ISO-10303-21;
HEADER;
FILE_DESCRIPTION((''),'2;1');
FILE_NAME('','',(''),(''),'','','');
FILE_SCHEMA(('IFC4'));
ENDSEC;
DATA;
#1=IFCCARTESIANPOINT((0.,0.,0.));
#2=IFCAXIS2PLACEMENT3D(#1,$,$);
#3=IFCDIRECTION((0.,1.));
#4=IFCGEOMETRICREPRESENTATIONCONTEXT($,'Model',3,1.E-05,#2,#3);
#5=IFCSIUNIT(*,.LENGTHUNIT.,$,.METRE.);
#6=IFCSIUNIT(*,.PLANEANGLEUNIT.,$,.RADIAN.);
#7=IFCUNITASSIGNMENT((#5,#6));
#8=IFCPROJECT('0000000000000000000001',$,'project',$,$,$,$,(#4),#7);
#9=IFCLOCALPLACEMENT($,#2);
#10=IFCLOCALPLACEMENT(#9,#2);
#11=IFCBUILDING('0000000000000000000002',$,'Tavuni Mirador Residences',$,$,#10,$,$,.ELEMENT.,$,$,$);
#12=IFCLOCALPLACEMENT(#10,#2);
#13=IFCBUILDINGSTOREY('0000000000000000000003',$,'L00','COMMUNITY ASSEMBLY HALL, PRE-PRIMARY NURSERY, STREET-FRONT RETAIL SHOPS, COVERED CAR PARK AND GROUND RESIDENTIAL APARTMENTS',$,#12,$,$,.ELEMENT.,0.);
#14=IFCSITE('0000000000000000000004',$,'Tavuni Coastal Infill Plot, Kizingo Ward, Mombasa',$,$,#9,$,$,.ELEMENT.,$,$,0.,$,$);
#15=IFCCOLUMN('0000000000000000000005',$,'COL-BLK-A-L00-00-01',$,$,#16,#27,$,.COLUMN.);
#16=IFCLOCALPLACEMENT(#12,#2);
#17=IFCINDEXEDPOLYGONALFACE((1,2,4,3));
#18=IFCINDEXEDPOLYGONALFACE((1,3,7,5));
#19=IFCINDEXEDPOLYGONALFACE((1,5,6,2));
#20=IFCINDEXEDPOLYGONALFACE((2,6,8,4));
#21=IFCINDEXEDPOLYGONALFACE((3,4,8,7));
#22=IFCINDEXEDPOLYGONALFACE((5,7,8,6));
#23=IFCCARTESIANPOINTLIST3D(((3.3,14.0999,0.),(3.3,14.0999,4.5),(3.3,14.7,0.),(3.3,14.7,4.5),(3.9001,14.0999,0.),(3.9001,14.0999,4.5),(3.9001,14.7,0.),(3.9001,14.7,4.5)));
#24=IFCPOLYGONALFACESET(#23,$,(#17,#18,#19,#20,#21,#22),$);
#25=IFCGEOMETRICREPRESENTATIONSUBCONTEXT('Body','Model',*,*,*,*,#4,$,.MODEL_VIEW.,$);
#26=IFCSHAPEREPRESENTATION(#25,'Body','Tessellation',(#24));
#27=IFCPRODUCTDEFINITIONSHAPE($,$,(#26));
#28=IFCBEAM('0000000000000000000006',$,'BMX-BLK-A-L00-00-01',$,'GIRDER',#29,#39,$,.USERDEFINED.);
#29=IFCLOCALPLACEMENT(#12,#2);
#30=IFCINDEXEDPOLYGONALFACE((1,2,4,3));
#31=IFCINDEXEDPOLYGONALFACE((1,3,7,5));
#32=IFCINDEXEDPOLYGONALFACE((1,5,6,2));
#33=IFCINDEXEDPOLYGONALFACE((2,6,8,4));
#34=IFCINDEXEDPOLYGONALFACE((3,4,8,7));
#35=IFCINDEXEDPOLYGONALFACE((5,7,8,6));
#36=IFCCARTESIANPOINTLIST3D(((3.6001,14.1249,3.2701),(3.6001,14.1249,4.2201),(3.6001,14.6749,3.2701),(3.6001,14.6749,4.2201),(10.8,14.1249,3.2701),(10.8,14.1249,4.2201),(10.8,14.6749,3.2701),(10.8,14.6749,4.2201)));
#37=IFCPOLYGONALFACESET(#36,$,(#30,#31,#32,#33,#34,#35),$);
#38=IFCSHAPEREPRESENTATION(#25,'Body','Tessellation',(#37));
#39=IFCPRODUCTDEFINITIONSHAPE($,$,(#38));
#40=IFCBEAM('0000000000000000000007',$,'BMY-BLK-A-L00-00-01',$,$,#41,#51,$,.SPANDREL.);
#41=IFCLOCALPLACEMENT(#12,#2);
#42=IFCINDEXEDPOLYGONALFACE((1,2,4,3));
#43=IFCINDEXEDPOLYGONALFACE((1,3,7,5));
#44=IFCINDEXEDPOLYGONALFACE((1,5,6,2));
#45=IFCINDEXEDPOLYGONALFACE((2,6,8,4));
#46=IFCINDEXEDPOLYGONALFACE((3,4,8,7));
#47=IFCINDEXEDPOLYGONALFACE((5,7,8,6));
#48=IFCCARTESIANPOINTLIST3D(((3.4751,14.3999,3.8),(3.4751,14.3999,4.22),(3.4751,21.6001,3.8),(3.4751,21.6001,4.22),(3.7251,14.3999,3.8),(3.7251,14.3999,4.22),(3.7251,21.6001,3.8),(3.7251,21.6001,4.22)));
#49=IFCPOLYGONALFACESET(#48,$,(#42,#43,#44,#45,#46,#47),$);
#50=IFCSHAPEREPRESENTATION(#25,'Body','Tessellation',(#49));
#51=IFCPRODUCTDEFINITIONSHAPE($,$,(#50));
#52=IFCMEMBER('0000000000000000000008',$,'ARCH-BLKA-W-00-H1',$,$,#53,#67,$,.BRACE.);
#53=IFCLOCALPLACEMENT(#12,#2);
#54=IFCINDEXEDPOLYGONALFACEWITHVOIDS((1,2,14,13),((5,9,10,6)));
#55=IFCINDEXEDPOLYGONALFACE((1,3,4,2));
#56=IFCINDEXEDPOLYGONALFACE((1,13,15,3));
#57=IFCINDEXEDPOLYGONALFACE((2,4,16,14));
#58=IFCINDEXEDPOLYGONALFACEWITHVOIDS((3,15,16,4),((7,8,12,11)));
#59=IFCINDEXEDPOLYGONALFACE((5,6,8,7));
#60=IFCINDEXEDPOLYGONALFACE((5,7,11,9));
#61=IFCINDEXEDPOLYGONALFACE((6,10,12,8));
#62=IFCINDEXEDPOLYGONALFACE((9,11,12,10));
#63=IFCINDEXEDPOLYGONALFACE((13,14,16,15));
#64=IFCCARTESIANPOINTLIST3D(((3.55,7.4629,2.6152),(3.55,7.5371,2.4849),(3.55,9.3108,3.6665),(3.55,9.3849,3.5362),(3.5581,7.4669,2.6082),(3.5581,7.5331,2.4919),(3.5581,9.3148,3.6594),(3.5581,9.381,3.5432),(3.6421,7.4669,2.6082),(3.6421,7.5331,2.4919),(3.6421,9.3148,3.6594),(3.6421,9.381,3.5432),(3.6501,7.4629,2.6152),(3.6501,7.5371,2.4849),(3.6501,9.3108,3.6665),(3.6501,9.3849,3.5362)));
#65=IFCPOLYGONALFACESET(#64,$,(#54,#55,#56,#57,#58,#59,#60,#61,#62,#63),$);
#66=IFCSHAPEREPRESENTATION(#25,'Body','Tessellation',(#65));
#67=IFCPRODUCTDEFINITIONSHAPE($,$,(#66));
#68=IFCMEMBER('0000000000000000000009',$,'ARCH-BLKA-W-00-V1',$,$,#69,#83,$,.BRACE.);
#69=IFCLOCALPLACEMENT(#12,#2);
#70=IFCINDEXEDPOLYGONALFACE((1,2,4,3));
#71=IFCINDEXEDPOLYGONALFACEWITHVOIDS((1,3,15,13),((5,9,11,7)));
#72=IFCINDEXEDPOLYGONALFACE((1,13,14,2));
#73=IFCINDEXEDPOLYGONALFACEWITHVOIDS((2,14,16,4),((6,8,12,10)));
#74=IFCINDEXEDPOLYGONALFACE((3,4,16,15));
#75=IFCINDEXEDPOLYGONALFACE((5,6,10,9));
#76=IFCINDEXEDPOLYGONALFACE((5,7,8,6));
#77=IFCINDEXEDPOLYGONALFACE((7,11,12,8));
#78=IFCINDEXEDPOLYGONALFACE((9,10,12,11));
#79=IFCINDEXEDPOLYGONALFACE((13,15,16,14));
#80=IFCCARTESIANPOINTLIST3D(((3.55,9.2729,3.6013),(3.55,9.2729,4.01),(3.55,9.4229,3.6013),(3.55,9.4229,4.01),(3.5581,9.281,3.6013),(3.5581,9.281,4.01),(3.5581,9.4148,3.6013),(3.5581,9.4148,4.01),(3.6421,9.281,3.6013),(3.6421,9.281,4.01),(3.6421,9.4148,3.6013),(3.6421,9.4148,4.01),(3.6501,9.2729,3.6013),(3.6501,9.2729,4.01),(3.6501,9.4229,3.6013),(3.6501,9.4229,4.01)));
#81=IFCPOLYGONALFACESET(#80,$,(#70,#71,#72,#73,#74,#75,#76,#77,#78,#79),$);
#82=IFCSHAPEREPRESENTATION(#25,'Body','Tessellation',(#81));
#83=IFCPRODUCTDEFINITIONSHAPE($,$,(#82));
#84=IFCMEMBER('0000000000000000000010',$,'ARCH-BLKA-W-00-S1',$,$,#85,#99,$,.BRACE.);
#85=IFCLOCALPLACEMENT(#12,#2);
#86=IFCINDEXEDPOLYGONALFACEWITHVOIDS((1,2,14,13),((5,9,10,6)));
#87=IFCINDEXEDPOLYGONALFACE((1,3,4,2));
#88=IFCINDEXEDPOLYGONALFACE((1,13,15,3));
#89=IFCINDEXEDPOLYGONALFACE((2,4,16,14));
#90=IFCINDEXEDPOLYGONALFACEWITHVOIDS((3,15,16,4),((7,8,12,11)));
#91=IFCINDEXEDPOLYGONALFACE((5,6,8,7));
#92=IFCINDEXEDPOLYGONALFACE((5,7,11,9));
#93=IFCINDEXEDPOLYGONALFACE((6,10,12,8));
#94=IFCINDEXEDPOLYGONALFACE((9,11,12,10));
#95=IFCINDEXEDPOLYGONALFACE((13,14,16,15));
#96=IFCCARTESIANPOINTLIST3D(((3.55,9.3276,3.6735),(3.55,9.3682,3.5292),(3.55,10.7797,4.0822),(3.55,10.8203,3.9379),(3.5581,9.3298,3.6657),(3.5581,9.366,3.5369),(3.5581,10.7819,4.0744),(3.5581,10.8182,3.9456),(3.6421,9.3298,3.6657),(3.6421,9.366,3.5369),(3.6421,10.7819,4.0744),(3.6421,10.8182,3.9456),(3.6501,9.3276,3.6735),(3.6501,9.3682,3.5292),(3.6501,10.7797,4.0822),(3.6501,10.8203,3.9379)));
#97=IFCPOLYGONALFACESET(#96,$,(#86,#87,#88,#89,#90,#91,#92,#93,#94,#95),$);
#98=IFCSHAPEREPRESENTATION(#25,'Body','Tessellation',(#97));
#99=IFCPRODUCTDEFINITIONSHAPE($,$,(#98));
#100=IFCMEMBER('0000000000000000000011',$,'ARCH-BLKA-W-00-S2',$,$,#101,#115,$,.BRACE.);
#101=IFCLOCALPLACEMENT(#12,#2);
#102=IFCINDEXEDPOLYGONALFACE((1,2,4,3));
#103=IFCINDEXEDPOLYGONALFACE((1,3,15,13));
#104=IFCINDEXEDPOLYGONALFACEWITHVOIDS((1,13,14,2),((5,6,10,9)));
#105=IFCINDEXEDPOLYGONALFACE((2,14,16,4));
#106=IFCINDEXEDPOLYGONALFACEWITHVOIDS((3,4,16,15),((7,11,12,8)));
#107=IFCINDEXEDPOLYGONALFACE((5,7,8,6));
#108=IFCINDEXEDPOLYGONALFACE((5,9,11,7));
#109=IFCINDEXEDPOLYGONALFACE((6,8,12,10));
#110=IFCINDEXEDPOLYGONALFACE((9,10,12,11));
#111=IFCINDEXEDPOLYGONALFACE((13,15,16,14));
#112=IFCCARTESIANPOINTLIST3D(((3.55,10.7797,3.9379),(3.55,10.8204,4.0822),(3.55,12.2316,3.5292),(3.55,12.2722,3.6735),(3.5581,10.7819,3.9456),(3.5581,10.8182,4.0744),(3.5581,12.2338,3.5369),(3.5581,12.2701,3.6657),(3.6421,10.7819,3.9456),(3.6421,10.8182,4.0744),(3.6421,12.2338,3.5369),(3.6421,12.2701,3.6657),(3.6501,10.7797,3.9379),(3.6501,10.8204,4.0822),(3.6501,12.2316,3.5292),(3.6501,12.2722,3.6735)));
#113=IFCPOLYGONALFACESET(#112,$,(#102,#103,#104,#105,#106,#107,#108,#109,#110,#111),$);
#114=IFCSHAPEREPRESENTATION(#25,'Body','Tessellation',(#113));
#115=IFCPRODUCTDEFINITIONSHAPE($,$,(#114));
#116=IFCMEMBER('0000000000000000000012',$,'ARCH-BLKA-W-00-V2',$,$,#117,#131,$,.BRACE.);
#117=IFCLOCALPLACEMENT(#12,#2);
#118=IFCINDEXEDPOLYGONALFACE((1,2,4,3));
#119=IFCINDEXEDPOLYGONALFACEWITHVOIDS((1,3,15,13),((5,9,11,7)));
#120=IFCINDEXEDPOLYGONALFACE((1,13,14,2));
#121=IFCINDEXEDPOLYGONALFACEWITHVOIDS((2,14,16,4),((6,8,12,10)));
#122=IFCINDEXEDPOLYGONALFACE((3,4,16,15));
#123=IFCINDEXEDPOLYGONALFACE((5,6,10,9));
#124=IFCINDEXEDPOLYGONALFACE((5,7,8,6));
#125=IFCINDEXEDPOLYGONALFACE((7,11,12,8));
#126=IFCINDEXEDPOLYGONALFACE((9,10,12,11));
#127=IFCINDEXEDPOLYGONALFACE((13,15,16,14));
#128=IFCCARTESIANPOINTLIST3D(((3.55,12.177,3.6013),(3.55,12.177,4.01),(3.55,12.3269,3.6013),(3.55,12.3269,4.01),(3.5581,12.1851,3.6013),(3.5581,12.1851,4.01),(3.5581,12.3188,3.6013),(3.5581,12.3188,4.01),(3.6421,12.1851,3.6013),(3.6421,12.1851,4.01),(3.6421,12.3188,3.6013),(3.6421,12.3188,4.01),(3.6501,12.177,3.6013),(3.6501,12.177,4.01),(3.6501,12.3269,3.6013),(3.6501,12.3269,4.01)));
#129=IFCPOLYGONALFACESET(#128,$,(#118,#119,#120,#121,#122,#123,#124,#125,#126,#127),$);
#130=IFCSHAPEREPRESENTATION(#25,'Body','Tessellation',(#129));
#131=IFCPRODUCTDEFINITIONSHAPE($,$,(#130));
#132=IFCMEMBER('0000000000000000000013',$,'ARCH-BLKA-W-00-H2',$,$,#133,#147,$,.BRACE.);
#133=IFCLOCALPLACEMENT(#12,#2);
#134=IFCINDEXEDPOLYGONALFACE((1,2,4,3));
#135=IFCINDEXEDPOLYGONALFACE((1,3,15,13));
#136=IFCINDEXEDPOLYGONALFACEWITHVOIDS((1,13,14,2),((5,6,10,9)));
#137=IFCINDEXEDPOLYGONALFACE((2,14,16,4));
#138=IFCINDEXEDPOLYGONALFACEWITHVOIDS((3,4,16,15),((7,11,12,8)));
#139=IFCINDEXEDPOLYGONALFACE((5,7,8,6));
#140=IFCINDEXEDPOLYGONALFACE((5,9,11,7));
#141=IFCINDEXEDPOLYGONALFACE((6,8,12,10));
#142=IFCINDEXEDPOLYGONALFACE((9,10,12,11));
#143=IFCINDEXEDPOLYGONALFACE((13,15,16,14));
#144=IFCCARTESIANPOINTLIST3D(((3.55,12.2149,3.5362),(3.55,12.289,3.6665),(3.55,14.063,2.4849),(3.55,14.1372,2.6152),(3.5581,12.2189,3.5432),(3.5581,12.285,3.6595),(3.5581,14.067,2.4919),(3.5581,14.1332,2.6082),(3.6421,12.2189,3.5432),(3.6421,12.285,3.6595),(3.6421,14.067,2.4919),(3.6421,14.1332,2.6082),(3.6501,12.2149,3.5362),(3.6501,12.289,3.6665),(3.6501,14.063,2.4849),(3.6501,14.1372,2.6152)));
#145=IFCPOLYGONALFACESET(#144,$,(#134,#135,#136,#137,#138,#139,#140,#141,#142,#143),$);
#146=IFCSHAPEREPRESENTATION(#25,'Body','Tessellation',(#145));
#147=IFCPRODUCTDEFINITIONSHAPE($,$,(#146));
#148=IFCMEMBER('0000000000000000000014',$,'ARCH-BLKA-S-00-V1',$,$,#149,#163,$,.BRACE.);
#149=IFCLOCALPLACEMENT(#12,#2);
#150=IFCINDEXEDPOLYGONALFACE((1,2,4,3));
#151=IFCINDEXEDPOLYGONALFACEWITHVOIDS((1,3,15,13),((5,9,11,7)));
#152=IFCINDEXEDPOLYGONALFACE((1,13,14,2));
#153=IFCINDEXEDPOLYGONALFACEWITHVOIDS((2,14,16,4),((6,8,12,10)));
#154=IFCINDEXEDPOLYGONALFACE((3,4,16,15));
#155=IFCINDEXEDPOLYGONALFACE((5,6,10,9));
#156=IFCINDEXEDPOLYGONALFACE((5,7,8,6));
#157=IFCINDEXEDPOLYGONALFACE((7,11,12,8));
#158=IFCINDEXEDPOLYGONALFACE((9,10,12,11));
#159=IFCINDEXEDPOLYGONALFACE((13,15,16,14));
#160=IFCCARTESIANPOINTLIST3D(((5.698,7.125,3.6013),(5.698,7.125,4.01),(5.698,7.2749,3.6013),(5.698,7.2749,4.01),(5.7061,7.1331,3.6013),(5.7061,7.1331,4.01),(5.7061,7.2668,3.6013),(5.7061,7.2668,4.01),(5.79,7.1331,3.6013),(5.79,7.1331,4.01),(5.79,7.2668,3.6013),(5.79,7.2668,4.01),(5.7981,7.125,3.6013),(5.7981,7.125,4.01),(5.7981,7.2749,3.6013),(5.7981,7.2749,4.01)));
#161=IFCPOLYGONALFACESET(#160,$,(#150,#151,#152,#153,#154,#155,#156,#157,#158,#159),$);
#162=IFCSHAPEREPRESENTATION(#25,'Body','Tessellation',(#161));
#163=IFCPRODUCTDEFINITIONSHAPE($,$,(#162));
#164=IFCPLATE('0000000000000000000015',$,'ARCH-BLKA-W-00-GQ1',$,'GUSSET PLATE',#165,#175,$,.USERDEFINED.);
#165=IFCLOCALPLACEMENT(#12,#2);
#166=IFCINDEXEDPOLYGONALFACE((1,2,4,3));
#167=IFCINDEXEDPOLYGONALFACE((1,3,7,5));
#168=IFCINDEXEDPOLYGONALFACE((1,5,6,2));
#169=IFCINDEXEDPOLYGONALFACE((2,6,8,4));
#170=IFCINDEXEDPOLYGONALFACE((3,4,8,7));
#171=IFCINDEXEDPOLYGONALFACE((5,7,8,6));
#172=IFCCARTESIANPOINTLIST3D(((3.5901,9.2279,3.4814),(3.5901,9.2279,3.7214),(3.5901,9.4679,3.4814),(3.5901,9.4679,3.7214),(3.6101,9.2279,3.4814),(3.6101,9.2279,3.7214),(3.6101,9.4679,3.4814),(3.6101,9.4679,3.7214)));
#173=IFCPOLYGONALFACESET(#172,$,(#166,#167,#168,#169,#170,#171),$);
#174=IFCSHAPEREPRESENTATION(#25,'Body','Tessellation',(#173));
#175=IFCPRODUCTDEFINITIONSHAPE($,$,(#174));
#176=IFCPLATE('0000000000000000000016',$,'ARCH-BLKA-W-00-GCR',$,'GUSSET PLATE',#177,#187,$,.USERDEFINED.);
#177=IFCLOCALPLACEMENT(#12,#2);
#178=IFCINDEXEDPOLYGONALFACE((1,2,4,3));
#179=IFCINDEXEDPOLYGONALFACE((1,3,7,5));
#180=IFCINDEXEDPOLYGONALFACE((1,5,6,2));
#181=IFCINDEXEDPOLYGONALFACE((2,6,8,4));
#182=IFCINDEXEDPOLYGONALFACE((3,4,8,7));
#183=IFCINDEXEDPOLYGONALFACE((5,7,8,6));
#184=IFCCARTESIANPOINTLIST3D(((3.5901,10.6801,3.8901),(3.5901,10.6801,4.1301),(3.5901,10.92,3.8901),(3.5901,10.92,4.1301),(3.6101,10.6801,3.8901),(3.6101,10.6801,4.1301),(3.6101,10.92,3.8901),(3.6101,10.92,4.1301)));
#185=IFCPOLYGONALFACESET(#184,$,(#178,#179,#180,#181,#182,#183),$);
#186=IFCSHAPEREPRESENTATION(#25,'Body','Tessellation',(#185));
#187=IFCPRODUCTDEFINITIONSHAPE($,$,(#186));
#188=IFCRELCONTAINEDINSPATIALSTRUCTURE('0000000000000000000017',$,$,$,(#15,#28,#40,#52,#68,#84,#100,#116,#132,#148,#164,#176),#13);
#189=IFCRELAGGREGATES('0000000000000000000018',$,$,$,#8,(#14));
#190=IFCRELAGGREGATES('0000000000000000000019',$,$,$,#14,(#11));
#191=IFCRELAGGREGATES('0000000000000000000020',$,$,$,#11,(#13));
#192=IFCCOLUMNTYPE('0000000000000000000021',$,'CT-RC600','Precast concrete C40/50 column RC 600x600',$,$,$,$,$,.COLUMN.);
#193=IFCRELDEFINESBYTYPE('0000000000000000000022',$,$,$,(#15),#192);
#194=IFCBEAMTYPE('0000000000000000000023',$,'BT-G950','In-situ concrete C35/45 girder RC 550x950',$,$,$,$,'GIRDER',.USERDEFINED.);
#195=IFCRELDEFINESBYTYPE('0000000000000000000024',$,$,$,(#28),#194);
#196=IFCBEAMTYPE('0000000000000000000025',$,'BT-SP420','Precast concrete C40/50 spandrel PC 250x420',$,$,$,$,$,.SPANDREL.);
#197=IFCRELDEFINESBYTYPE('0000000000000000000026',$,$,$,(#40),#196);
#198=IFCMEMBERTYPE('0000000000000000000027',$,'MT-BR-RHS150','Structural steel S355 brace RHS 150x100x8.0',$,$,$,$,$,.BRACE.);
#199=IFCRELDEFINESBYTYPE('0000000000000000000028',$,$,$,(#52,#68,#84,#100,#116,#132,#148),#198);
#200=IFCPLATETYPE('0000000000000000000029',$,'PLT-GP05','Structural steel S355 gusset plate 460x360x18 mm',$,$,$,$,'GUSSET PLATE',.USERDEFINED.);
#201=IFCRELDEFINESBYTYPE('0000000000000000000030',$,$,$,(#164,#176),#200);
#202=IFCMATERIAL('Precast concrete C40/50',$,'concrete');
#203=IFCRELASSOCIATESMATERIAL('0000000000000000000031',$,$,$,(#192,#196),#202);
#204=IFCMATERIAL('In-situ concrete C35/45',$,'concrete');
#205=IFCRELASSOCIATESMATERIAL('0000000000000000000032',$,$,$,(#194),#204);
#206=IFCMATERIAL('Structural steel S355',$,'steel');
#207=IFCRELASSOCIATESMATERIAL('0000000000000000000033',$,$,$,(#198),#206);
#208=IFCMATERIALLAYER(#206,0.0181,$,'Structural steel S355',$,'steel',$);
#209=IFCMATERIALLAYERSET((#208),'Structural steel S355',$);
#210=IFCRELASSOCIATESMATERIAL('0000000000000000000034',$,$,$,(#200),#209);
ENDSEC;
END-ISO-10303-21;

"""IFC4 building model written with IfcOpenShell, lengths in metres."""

from ifc_helpers import new_model, si_unit, direction, frame, origin, origin_2d, place, context, subcontext, project, spatial, rectangle, hollow_rectangle, extrude, material, layer, layer_set, material_profile, profile_set, type_object, element, save


model = new_model("IFC4")

# Units and contexts
model_context = context("Model", 3, precision=1e-05, world=origin(), true_north=direction((0.0, 1.0)))
body_context = subcontext(model_context, "Body", "Model", "MODEL_VIEW")
ifc_project = project(units=[si_unit("LENGTHUNIT", "METRE"), si_unit("PLANEANGLEUNIT", "RADIAN")], contexts=[model_context])

# Site, building, storey
site_placement = place(None, origin())
site = spatial("IfcSite", under=ifc_project, at=site_placement, Name="Tavuni Coastal Infill Plot, Kizingo Ward, Mombasa", CompositionType="ELEMENT", RefElevation=0.0)
building_placement = place(site_placement, origin())
building = spatial("IfcBuilding", under=site, at=building_placement, Name="Tavuni Mirador Residences", CompositionType="ELEMENT")
storey_placement = place(building_placement, origin())
storey = spatial("IfcBuildingStorey", under=building, at=storey_placement, Name="L00", Description="COMMUNITY ASSEMBLY HALL, PRE-PRIMARY NURSERY, STREET-FRONT RETAIL SHOPS, COVERED CAR PARK AND GROUND RESIDENTIAL APARTMENTS", CompositionType="ELEMENT", Elevation=0.0)

# Column
ifc_material_1 = material(Name="Precast concrete C40/50", Category="concrete")
ifc_material_profile_1 = material_profile(ifc_material_1, rectangle(XDim=0.6001, YDim=0.6001, at=origin_2d()), Name="RC 600x600", Category="concrete")
ifc_profile_set_1 = profile_set([ifc_material_profile_1], Name="Precast concrete C40/50")
column_type = type_object("IfcColumnType", Name="CT-RC600", Description="Precast concrete C40/50 column RC 600x600", PredefinedType="COLUMN", material=ifc_profile_set_1)
column_placement = place(storey_placement, frame((3.6001, 14.3999, 0.0), z_axis=(0.0, 0.0, 1.0), x_axis=(1.0, 0.0, 0.0)))
element("IfcColumn", 1, at=column_placement, inside=storey, type_object=column_type, Name="COL-BLK-A-L00-00-01", PredefinedType="COLUMN", context=body_context, shape_type="SweptSolid", body=[
    extrude(rectangle(XDim=0.6001, YDim=0.6001, at=origin_2d()), origin(), (0.0, 0.0, 1.0), 4.5),
])

# Beams
ifc_material_2 = material(Name="In-situ concrete C35/45", Category="concrete")
ifc_material_profile_2 = material_profile(ifc_material_2, rectangle(XDim=0.55, YDim=0.95, at=origin_2d()), Name="RC 550x950", Category="concrete")
ifc_profile_set_2 = profile_set([ifc_material_profile_2], Name="In-situ concrete C35/45")
beam_type_1 = type_object("IfcBeamType", Name="BT-G950", Description="In-situ concrete C35/45 girder RC 550x950", ElementType="GIRDER", PredefinedType="USERDEFINED", material=ifc_profile_set_2)
beam_1_placement = place(storey_placement, frame((3.6001, 14.3999, 3.7451), z_axis=(1.0, 0.0, 0.0), x_axis=(0.0, 1.0, 0.0)))
element("IfcBeam", 2, at=beam_1_placement, inside=storey, type_object=beam_type_1, Name="BMX-BLK-A-L00-00-01", ObjectType="GIRDER", PredefinedType="USERDEFINED", context=body_context, shape_type="SweptSolid", body=[
    extrude(rectangle(XDim=0.55, YDim=0.95, at=origin_2d()), origin(), (0.0, 0.0, 1.0), 7.2),
])
ifc_material_profile_3 = material_profile(ifc_material_1, rectangle(XDim=0.25, YDim=0.4199, at=origin_2d()), Name="PC 250x420", Category="concrete")
ifc_profile_set_3 = profile_set([ifc_material_profile_3], Name="Precast concrete C40/50")
beam_type_2 = type_object("IfcBeamType", Name="BT-SP420", Description="Precast concrete C40/50 spandrel PC 250x420", PredefinedType="SPANDREL", material=ifc_profile_set_3)
beam_2_placement = place(storey_placement, frame((3.6001, 14.3999, 4.01), z_axis=(0.0, 1.0, 0.0), x_axis=(-1.0, 0.0, 0.0)))
element("IfcBeam", 3, at=beam_2_placement, inside=storey, type_object=beam_type_2, Name="BMY-BLK-A-L00-00-01", PredefinedType="SPANDREL", context=body_context, shape_type="SweptSolid", body=[
    extrude(rectangle(XDim=0.25, YDim=0.4199, at=origin_2d()), origin(), (0.0, 0.0, 1.0), 7.2002),
])

# Members
ifc_material_3 = material(Name="Structural steel S355", Category="steel")
ifc_material_profile_4 = material_profile(ifc_material_3, hollow_rectangle(XDim=0.1001, YDim=0.1499, WallThickness=0.0081, at=origin_2d()), Name="RHS 150x100x8.0", Category="steel")
ifc_profile_set_4 = profile_set([ifc_material_profile_4], Name="Structural steel S355")
member_type = type_object("IfcMemberType", Name="MT-BR-RHS150", Description="Structural steel S355 brace RHS 150x100x8.0", PredefinedType="BRACE", material=ifc_profile_set_4)
member_1_placement = place(storey_placement, frame((3.6001, 7.5, 2.55), z_axis=(0.0, 0.869189, 0.494481), x_axis=(-1.0, 0.0, 0.0)))
element("IfcMember", 4, at=member_1_placement, inside=storey, type_object=member_type, Name="ARCH-BLKA-W-00-H1", PredefinedType="BRACE", context=body_context, shape_type="SweptSolid", body=[
    extrude(hollow_rectangle(XDim=0.1001, YDim=0.1499, WallThickness=0.0081, at=origin_2d()), origin(), (0.0, 0.0, 1.0), 2.126),
])
member_2_placement = place(storey_placement, frame((3.6001, 9.3479, 3.6013), z_axis=(0.0, 0.0, 1.0), x_axis=(1.0, 0.0, 0.0)))
element("IfcMember", 5, at=member_2_placement, inside=storey, type_object=member_type, Name="ARCH-BLKA-W-00-V1", PredefinedType="BRACE", context=body_context, shape_type="SweptSolid", body=[
    extrude(hollow_rectangle(XDim=0.1001, YDim=0.1499, WallThickness=0.0081, at=origin_2d()), origin(), (0.0, 0.0, 1.0), 0.4087),
])
member_3_placement = place(storey_placement, frame((3.6001, 9.3479, 3.6013), z_axis=(0.0, 0.962603, 0.270914), x_axis=(-1.0, 0.0, 0.0)))
element("IfcMember", 6, at=member_3_placement, inside=storey, type_object=member_type, Name="ARCH-BLKA-W-00-S1", PredefinedType="BRACE", context=body_context, shape_type="SweptSolid", body=[
    extrude(hollow_rectangle(XDim=0.1001, YDim=0.1499, WallThickness=0.0081, at=origin_2d()), origin(), (0.0, 0.0, 1.0), 1.5085),
])
member_4_placement = place(storey_placement, frame((3.6001, 10.8, 4.01), z_axis=(0.0, 0.962592, -0.270957), x_axis=(-1.0, 0.0, 0.0)))
element("IfcMember", 7, at=member_4_placement, inside=storey, type_object=member_type, Name="ARCH-BLKA-W-00-S2", PredefinedType="BRACE", context=body_context, shape_type="SweptSolid", body=[
    extrude(hollow_rectangle(XDim=0.1001, YDim=0.1499, WallThickness=0.0081, at=origin_2d()), origin(), (0.0, 0.0, 1.0), 1.5083),
])
member_5_placement = place(storey_placement, frame((3.6001, 12.252, 3.6013), z_axis=(0.0, 0.0, 1.0), x_axis=(1.0, 0.0, 0.0)))
element("IfcMember", 8, at=member_5_placement, inside=storey, type_object=member_type, Name="ARCH-BLKA-W-00-V2", PredefinedType="BRACE", context=body_context, shape_type="SweptSolid", body=[
    extrude(hollow_rectangle(XDim=0.1001, YDim=0.1499, WallThickness=0.0081, at=origin_2d()), origin(), (0.0, 0.0, 1.0), 0.4087),
])
member_6_placement = place(storey_placement, frame((3.6001, 12.252, 3.6013), z_axis=(0.0, 0.869217, -0.494432), x_axis=(-1.0, 0.0, 0.0)))
element("IfcMember", 9, at=member_6_placement, inside=storey, type_object=member_type, Name="ARCH-BLKA-W-00-H2", PredefinedType="BRACE", context=body_context, shape_type="SweptSolid", body=[
    extrude(hollow_rectangle(XDim=0.1001, YDim=0.1499, WallThickness=0.0081, at=origin_2d()), origin(), (0.0, 0.0, 1.0), 2.1262),
])
member_7_placement = place(storey_placement, frame((5.748, 7.2, 3.6013), z_axis=(0.0, 0.0, 1.0), x_axis=(1.0, 0.0, 0.0)))
element("IfcMember", 10, at=member_7_placement, inside=storey, type_object=member_type, Name="ARCH-BLKA-S-00-V1", PredefinedType="BRACE", context=body_context, shape_type="SweptSolid", body=[
    extrude(hollow_rectangle(XDim=0.1001, YDim=0.1499, WallThickness=0.0081, at=origin_2d()), origin(), (0.0, 0.0, 1.0), 0.4087),
])

# Plates
ifc_layer_1 = layer(ifc_material_3, 0.0181, Name="Structural steel S355", Category="steel")
ifc_layer_set_1 = layer_set([ifc_layer_1], Name="Structural steel S355")
plate_type = type_object("IfcPlateType", Name="PLT-GP05", Description="Structural steel S355 gusset plate 460x360x18 mm", ElementType="GUSSET PLATE", PredefinedType="USERDEFINED", material=ifc_layer_set_1)
for number, where, z_axis, x_axis, name in (
    (11, (3.6001, 9.3479, 3.4814), (0.0, 0.0, 1.0), (1.0, 0.0, 0.0), "ARCH-BLKA-W-00-GQ1"),
    (12, (3.6001, 10.8, 3.8901), (0.0, 0.0, 1.0), (1.0, 0.0, 0.0), "ARCH-BLKA-W-00-GCR"),
):
    element("IfcPlate", number, at=place(storey_placement, frame(where, z_axis=z_axis, x_axis=x_axis)), inside=storey, type_object=plate_type, Name=name, ObjectType="GUSSET PLATE", PredefinedType="USERDEFINED", context=body_context, shape_type="SweptSolid", body=[
        extrude(rectangle(XDim=0.02, YDim=0.24, at=origin_2d()), origin(), (0.0, 0.0, 1.0), 0.24),
    ])

save(model, "model.ifc")
